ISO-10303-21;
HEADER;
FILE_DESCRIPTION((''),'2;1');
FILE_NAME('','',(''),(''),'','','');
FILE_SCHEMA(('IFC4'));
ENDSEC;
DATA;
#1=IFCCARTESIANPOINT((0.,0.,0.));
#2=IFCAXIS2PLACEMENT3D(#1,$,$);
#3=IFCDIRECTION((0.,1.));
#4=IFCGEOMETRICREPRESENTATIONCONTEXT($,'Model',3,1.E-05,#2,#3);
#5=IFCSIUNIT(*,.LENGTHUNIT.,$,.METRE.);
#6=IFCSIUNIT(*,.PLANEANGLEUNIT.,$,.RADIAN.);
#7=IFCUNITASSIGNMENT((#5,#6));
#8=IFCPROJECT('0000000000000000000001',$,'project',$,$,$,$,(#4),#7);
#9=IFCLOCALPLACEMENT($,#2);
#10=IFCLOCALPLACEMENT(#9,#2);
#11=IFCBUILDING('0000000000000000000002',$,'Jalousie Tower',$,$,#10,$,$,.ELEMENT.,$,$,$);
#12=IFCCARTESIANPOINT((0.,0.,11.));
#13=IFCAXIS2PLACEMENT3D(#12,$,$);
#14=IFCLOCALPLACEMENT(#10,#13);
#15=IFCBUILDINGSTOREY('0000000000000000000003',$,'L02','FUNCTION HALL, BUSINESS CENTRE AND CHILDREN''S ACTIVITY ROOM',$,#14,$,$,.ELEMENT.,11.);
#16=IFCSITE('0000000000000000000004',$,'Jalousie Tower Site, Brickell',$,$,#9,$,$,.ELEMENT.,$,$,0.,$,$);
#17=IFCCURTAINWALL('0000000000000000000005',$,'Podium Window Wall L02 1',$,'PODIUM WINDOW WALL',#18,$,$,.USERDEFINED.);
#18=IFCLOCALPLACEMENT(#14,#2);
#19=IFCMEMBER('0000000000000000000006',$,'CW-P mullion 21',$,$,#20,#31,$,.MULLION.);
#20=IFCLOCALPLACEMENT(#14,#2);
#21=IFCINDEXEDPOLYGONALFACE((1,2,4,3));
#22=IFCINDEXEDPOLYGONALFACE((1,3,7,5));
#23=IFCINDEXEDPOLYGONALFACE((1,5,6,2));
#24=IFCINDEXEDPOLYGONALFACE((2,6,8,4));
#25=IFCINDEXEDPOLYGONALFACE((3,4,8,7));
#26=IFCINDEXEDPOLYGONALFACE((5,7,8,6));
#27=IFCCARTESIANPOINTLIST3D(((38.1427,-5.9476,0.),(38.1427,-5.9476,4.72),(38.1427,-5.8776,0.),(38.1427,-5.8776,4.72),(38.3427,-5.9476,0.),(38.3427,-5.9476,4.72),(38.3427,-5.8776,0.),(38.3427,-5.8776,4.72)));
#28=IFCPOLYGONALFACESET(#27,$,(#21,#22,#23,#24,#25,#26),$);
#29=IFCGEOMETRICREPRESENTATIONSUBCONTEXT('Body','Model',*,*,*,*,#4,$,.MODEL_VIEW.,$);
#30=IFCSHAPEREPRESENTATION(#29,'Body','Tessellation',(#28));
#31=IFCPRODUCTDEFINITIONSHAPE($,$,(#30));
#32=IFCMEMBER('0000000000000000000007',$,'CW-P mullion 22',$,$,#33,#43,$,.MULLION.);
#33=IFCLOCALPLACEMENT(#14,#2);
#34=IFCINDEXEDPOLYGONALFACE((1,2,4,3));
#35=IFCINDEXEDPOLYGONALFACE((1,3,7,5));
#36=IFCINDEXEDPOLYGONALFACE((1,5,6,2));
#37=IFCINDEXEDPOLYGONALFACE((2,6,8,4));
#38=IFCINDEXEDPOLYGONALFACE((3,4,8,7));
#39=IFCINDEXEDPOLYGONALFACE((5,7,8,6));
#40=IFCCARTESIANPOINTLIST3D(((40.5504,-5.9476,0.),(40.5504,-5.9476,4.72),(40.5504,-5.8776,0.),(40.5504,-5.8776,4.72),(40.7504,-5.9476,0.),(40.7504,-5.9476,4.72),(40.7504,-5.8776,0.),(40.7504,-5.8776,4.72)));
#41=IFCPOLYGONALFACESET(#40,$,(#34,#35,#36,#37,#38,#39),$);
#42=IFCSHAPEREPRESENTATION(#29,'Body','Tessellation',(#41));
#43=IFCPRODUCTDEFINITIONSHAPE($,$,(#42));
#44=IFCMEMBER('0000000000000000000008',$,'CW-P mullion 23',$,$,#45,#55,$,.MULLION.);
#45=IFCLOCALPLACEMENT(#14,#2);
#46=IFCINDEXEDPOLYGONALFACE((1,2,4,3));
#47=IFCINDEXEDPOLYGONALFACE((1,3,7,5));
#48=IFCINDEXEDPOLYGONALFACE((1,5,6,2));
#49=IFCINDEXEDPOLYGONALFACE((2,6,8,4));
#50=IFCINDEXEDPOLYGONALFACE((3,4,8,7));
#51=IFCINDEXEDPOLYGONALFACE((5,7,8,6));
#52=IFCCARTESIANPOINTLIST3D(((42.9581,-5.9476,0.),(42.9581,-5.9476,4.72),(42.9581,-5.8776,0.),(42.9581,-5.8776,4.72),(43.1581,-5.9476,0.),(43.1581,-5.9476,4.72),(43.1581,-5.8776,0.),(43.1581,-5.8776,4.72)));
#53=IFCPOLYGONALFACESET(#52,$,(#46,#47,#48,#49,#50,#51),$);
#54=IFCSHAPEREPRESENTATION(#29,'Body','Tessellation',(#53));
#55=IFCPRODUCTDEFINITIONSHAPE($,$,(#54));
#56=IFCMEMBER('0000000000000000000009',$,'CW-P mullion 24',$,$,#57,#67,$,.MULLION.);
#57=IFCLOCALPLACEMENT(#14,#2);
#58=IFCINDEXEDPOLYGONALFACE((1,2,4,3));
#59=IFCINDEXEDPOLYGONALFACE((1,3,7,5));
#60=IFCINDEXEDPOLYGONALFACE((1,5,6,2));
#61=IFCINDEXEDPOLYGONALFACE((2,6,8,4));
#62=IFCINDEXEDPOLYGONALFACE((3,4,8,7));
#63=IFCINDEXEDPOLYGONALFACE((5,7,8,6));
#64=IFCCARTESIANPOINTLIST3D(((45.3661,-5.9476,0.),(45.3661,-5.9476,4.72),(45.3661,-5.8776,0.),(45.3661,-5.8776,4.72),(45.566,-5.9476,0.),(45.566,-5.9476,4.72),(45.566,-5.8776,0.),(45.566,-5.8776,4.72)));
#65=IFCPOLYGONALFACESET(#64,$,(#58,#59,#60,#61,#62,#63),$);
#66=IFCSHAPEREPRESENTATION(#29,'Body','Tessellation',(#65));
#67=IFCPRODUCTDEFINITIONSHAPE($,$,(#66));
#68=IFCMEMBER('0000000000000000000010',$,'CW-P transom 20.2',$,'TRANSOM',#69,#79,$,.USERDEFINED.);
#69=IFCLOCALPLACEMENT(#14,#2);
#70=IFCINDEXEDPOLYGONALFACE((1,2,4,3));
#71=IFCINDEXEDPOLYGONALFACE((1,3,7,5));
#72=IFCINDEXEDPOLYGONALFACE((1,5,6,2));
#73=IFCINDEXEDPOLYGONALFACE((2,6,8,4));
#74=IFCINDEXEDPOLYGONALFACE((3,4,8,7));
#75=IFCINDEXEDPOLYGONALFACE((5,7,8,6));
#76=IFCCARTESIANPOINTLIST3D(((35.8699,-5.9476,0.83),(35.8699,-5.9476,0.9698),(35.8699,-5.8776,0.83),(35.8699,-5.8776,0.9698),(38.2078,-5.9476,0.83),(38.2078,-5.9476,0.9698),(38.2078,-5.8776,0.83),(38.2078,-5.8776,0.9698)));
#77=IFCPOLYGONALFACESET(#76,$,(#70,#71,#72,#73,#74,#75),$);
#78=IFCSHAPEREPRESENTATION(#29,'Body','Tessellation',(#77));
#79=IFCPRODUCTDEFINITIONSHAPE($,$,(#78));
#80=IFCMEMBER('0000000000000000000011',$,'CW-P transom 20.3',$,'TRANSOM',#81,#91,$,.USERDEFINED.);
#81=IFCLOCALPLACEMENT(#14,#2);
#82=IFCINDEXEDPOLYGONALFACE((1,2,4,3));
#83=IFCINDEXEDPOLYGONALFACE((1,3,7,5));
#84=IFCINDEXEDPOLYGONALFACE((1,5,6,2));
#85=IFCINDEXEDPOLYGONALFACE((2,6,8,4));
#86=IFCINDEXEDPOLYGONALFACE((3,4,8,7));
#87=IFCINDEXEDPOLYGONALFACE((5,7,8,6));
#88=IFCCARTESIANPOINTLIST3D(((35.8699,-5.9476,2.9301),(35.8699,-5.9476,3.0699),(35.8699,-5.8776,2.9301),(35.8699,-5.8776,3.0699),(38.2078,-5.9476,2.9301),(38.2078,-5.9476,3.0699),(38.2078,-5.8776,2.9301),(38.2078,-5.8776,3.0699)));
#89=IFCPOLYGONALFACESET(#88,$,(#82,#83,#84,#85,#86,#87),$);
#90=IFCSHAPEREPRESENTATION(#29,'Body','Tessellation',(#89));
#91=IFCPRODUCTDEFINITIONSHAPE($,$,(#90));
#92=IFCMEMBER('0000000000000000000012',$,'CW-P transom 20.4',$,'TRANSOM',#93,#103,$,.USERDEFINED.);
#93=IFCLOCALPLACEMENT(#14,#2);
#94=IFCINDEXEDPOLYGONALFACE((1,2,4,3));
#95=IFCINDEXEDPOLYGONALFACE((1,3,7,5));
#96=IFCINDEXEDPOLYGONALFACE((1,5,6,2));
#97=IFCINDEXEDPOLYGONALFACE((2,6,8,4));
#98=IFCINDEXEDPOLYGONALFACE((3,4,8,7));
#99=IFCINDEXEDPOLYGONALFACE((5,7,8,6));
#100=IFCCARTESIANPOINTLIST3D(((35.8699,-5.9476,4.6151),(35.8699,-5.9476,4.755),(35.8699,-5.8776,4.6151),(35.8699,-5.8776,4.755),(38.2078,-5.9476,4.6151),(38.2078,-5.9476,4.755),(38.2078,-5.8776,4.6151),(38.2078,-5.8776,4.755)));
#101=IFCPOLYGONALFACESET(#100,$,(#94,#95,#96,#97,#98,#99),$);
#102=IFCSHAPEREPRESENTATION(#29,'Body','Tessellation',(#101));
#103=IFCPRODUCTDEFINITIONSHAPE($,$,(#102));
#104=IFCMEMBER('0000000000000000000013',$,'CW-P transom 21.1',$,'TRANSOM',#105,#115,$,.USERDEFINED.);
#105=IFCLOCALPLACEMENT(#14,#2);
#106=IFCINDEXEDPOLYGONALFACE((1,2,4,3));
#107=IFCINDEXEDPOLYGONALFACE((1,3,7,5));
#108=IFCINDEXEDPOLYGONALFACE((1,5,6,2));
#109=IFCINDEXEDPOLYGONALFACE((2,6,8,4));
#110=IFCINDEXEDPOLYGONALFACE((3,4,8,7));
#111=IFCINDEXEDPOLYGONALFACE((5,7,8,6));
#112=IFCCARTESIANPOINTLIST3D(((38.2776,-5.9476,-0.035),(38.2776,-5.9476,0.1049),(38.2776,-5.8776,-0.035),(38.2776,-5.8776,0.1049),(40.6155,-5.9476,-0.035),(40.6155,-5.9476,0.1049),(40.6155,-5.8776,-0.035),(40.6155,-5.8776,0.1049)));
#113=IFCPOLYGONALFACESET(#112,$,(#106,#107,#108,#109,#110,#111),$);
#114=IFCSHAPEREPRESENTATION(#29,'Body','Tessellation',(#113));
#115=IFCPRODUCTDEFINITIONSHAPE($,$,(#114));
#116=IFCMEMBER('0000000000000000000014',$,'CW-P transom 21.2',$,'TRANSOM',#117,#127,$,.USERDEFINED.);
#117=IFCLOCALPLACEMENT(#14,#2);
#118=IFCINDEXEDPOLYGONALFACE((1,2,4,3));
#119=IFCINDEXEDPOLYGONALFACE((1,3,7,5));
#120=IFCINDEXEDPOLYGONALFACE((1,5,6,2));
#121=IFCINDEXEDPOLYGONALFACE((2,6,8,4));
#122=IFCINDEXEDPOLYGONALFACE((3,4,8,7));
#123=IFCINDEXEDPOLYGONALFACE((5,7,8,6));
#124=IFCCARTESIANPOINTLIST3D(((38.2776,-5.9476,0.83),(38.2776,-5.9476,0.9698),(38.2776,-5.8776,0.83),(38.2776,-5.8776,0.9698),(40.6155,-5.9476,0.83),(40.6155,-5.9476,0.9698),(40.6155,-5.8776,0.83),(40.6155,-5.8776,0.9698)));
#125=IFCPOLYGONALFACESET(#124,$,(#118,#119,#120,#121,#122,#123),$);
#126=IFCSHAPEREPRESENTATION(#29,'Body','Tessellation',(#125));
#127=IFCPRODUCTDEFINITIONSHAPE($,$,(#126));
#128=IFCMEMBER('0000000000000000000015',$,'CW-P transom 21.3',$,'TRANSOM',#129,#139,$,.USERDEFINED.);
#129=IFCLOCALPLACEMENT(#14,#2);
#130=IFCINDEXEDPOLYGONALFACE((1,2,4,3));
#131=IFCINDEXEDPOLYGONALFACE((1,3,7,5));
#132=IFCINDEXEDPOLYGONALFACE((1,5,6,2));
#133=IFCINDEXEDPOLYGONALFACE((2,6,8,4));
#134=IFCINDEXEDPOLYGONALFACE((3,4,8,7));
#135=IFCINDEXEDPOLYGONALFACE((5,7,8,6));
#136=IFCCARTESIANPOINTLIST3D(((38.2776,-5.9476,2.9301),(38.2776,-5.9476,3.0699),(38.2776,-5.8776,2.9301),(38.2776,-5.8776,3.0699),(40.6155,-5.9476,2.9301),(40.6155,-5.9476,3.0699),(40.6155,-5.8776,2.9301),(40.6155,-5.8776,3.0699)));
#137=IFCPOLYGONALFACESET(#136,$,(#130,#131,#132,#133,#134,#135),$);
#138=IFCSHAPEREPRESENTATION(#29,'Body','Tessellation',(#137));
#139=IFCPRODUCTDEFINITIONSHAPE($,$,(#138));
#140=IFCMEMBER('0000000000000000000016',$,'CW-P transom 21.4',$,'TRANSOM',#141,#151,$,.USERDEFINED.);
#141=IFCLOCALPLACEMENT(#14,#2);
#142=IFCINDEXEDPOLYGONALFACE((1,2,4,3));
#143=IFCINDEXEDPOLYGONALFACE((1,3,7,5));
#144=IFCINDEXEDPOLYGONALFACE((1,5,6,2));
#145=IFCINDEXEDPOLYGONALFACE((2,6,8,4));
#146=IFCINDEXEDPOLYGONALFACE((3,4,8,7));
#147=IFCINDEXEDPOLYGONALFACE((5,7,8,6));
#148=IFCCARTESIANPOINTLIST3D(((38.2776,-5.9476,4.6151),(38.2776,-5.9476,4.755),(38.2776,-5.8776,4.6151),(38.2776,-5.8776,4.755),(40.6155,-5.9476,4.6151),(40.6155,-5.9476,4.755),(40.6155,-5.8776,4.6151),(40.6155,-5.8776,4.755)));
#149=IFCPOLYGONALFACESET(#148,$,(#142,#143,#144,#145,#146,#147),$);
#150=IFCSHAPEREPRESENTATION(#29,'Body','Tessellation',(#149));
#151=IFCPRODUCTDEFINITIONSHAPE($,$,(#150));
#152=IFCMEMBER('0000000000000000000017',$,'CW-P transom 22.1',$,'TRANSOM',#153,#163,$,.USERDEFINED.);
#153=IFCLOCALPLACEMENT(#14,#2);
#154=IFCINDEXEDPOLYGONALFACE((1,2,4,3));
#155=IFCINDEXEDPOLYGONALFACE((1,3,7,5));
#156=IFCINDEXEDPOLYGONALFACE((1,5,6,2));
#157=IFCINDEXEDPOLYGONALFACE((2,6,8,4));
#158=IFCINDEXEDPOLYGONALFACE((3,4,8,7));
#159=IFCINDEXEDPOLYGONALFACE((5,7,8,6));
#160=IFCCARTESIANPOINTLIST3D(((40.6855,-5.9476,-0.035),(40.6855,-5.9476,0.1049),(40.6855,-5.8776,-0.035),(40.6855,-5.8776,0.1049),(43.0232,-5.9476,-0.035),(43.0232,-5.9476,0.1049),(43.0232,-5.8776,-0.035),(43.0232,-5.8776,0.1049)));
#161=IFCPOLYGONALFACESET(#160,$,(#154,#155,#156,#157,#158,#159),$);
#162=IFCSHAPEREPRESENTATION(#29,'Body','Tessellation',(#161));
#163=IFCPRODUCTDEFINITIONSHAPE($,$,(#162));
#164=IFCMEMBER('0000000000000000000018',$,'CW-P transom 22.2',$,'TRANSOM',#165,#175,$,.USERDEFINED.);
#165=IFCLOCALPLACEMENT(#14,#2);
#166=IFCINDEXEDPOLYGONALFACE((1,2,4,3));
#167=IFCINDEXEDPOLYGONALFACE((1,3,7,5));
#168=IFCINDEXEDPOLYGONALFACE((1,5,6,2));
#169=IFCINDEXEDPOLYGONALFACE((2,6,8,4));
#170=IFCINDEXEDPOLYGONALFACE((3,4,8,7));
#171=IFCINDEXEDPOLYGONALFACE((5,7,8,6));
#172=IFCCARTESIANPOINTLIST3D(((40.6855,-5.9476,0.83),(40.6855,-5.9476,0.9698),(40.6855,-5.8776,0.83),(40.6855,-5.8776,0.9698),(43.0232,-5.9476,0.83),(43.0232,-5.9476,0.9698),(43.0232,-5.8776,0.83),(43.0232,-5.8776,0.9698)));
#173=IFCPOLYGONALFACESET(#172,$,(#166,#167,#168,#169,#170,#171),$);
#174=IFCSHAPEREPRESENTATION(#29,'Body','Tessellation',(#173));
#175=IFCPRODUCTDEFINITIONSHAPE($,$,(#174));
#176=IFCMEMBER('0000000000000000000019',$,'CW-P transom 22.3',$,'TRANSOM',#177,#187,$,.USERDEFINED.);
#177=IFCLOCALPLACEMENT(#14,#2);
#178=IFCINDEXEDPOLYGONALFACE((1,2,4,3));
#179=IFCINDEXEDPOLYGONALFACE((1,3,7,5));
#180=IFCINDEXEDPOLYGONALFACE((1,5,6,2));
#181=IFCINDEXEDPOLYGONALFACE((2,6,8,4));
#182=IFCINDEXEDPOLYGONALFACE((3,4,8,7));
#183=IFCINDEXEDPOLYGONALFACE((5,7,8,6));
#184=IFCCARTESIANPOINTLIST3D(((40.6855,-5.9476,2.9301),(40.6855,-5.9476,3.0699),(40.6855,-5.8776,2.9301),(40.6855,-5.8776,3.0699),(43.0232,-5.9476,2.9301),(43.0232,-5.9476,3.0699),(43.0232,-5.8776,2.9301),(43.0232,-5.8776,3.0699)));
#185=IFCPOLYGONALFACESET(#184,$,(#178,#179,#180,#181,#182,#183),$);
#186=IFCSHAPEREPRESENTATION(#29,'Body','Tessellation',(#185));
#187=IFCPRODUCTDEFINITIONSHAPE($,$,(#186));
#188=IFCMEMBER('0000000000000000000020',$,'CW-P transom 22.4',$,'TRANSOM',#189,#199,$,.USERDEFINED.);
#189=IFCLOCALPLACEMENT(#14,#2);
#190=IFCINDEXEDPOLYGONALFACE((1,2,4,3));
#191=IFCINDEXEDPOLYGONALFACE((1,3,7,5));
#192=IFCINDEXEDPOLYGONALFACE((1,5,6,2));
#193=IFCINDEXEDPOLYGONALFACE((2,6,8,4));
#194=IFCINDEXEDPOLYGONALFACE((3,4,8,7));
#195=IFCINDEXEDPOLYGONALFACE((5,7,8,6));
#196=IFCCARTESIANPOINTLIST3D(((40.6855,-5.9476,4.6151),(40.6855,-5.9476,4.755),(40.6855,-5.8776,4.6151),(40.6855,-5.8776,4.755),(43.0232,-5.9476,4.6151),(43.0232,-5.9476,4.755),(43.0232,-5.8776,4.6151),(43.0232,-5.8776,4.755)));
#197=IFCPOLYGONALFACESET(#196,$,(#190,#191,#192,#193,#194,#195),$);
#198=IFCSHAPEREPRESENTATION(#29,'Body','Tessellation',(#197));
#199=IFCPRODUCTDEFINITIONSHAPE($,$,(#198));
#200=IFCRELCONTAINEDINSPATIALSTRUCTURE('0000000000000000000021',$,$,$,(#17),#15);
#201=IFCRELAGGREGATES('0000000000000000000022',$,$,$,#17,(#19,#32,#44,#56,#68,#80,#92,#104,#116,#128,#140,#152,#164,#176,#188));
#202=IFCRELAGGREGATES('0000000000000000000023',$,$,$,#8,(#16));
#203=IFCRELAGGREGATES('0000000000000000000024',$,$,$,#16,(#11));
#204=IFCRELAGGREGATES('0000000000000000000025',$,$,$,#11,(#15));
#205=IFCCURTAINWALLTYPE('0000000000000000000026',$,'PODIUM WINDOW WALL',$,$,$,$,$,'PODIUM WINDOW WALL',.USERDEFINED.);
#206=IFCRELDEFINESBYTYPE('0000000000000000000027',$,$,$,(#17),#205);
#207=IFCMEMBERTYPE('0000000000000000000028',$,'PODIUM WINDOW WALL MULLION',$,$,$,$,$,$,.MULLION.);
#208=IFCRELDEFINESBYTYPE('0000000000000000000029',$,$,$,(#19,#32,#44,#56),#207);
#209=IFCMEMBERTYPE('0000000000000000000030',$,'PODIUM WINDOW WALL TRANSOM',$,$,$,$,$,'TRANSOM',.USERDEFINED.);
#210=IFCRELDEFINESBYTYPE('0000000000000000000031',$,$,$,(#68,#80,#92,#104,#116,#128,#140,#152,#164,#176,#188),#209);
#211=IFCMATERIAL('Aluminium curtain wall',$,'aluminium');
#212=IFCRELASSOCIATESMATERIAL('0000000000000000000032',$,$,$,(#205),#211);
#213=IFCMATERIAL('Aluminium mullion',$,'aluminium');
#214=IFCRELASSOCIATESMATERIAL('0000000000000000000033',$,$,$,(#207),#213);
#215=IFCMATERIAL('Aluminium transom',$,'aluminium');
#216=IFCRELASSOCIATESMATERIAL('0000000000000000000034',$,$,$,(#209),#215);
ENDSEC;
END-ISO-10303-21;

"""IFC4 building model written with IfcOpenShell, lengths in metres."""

from ifc_helpers import new_model, si_unit, direction, frame, origin, origin_2d, place, context, subcontext, project, spatial, rectangle, extrude, material, material_profile, profile_set, type_object, element, aggregate, save


model = new_model("IFC4")

# Units and contexts
model_context = context("Model", 3, precision=1e-05, world=origin(), true_north=direction((0.0, 1.0)))
body_context = subcontext(model_context, "Body", "Model", "MODEL_VIEW")
ifc_project = project(units=[si_unit("LENGTHUNIT", "METRE"), si_unit("PLANEANGLEUNIT", "RADIAN")], contexts=[model_context])

# Site, building, storey
site_placement = place(None, origin())
site = spatial("IfcSite", under=ifc_project, at=site_placement, Name="Jalousie Tower Site, Brickell", CompositionType="ELEMENT", RefElevation=0.0)
building_placement = place(site_placement, origin())
building = spatial("IfcBuilding", under=site, at=building_placement, Name="Jalousie Tower", CompositionType="ELEMENT")
storey_placement = place(building_placement, frame((0.0, 0.0, 11.0)))
storey = spatial("IfcBuildingStorey", under=building, at=storey_placement, Name="L02", Description="FUNCTION HALL, BUSINESS CENTRE AND CHILDREN'S ACTIVITY ROOM", CompositionType="ELEMENT", Elevation=11.0)

# Curtain wall, members
ifc_material_1 = material(Name="Aluminium curtain wall", Category="aluminium")
curtain_wall_type = type_object("IfcCurtainWallType", Name="PODIUM WINDOW WALL", ElementType="PODIUM WINDOW WALL", PredefinedType="USERDEFINED", material=ifc_material_1)
curtain_wall_placement = place(storey_placement, origin())
curtain_wall = element("IfcCurtainWall", 1, at=curtain_wall_placement, inside=storey, type_object=curtain_wall_type, Name="Podium Window Wall L02 1", ObjectType="PODIUM WINDOW WALL", PredefinedType="USERDEFINED")
ifc_material_2 = material(Name="Aluminium mullion", Category="aluminium")
ifc_material_profile_1 = material_profile(ifc_material_2, rectangle(XDim=0.0701, YDim=0.2, at=origin_2d()), Name="MULLION 70x200")
ifc_profile_set_1 = profile_set([ifc_material_profile_1], Name="Aluminium mullion")
member_type_1 = type_object("IfcMemberType", Name="PODIUM WINDOW WALL MULLION", PredefinedType="MULLION", material=ifc_profile_set_1)
member_1_placement = place(storey_placement, frame((38.2427, -5.9126, 0.0), z_axis=(0.0, 0.0, 1.0), x_axis=(0.0, 1.0, 0.0)))
member_1 = element("IfcMember", 2, at=member_1_placement, type_object=member_type_1, Name="CW-P mullion 21", PredefinedType="MULLION", context=body_context, shape_type="SweptSolid", body=[
    extrude(rectangle(XDim=0.0701, YDim=0.2, at=origin_2d()), origin(), (0.0, 0.0, 1.0), 4.72),
])
member_2_placement = place(storey_placement, frame((40.6504, -5.9126, 0.0), z_axis=(0.0, 0.0, 1.0), x_axis=(0.0, 1.0, 0.0)))
member_2 = element("IfcMember", 3, at=member_2_placement, type_object=member_type_1, Name="CW-P mullion 22", PredefinedType="MULLION", context=body_context, shape_type="SweptSolid", body=[
    extrude(rectangle(XDim=0.0701, YDim=0.2, at=origin_2d()), origin(), (0.0, 0.0, 1.0), 4.72),
])
member_3_placement = place(storey_placement, frame((43.0581, -5.9126, 0.0), z_axis=(0.0, 0.0, 1.0), x_axis=(0.0, 1.0, 0.0)))
member_3 = element("IfcMember", 4, at=member_3_placement, type_object=member_type_1, Name="CW-P mullion 23", PredefinedType="MULLION", context=body_context, shape_type="SweptSolid", body=[
    extrude(rectangle(XDim=0.0701, YDim=0.2, at=origin_2d()), origin(), (0.0, 0.0, 1.0), 4.72),
])
member_4_placement = place(storey_placement, frame((45.4661, -5.9126, 0.0), z_axis=(0.0, 0.0, 1.0), x_axis=(0.0, 1.0, 0.0)))
member_4 = element("IfcMember", 5, at=member_4_placement, type_object=member_type_1, Name="CW-P mullion 24", PredefinedType="MULLION", context=body_context, shape_type="SweptSolid", body=[
    extrude(rectangle(XDim=0.0701, YDim=0.2, at=origin_2d()), origin(), (0.0, 0.0, 1.0), 4.72),
])
ifc_material_3 = material(Name="Aluminium transom", Category="aluminium")
ifc_material_profile_2 = material_profile(ifc_material_3, rectangle(XDim=0.0701, YDim=0.1399, at=origin_2d()), Name="TRANSOM 70x140")
ifc_profile_set_2 = profile_set([ifc_material_profile_2], Name="Aluminium transom")
member_type_2 = type_object("IfcMemberType", Name="PODIUM WINDOW WALL TRANSOM", ElementType="TRANSOM", PredefinedType="USERDEFINED", material=ifc_profile_set_2)
member_5_placement = place(storey_placement, frame((35.8699, -5.9126, 0.8999), z_axis=(1.0, 0.0, 0.0), x_axis=(0.0, 1.0, 0.0)))
member_5 = element("IfcMember", 6, at=member_5_placement, type_object=member_type_2, Name="CW-P transom 20.2", ObjectType="TRANSOM", PredefinedType="USERDEFINED", context=body_context, shape_type="SweptSolid", body=[
    extrude(rectangle(XDim=0.0701, YDim=0.1399, at=origin_2d()), origin(), (0.0, 0.0, 1.0), 2.3379),
])
member_6_placement = place(storey_placement, frame((35.8699, -5.9126, 3.0), z_axis=(1.0, 0.0, 0.0), x_axis=(0.0, 1.0, 0.0)))
member_6 = element("IfcMember", 7, at=member_6_placement, type_object=member_type_2, Name="CW-P transom 20.3", ObjectType="TRANSOM", PredefinedType="USERDEFINED", context=body_context, shape_type="SweptSolid", body=[
    extrude(rectangle(XDim=0.0701, YDim=0.1399, at=origin_2d()), origin(), (0.0, 0.0, 1.0), 2.3379),
])
member_7_placement = place(storey_placement, frame((35.8699, -5.9126, 4.6851), z_axis=(1.0, 0.0, 0.0), x_axis=(0.0, 1.0, 0.0)))
member_7 = element("IfcMember", 8, at=member_7_placement, type_object=member_type_2, Name="CW-P transom 20.4", ObjectType="TRANSOM", PredefinedType="USERDEFINED", context=body_context, shape_type="SweptSolid", body=[
    extrude(rectangle(XDim=0.0701, YDim=0.1399, at=origin_2d()), origin(), (0.0, 0.0, 1.0), 2.3379),
])
member_8_placement = place(storey_placement, frame((38.2776, -5.9126, 0.0349), z_axis=(1.0, 0.0, 0.0), x_axis=(0.0, 1.0, 0.0)))
member_8 = element("IfcMember", 9, at=member_8_placement, type_object=member_type_2, Name="CW-P transom 21.1", ObjectType="TRANSOM", PredefinedType="USERDEFINED", context=body_context, shape_type="SweptSolid", body=[
    extrude(rectangle(XDim=0.0701, YDim=0.1399, at=origin_2d()), origin(), (0.0, 0.0, 1.0), 2.3379),
])
member_9_placement = place(storey_placement, frame((38.2776, -5.9126, 0.8999), z_axis=(1.0, 0.0, 0.0), x_axis=(0.0, 1.0, 0.0)))
member_9 = element("IfcMember", 10, at=member_9_placement, type_object=member_type_2, Name="CW-P transom 21.2", ObjectType="TRANSOM", PredefinedType="USERDEFINED", context=body_context, shape_type="SweptSolid", body=[
    extrude(rectangle(XDim=0.0701, YDim=0.1399, at=origin_2d()), origin(), (0.0, 0.0, 1.0), 2.3379),
])
member_10_placement = place(storey_placement, frame((38.2776, -5.9126, 3.0), z_axis=(1.0, 0.0, 0.0), x_axis=(0.0, 1.0, 0.0)))
member_10 = element("IfcMember", 11, at=member_10_placement, type_object=member_type_2, Name="CW-P transom 21.3", ObjectType="TRANSOM", PredefinedType="USERDEFINED", context=body_context, shape_type="SweptSolid", body=[
    extrude(rectangle(XDim=0.0701, YDim=0.1399, at=origin_2d()), origin(), (0.0, 0.0, 1.0), 2.3379),
])
member_11_placement = place(storey_placement, frame((38.2776, -5.9126, 4.6851), z_axis=(1.0, 0.0, 0.0), x_axis=(0.0, 1.0, 0.0)))
member_11 = element("IfcMember", 12, at=member_11_placement, type_object=member_type_2, Name="CW-P transom 21.4", ObjectType="TRANSOM", PredefinedType="USERDEFINED", context=body_context, shape_type="SweptSolid", body=[
    extrude(rectangle(XDim=0.0701, YDim=0.1399, at=origin_2d()), origin(), (0.0, 0.0, 1.0), 2.3379),
])
member_12_placement = place(storey_placement, frame((40.6855, -5.9126, 0.0349), z_axis=(1.0, 0.0, 0.0), x_axis=(0.0, 1.0, 0.0)))
member_12 = element("IfcMember", 13, at=member_12_placement, type_object=member_type_2, Name="CW-P transom 22.1", ObjectType="TRANSOM", PredefinedType="USERDEFINED", context=body_context, shape_type="SweptSolid", body=[
    extrude(rectangle(XDim=0.0701, YDim=0.1399, at=origin_2d()), origin(), (0.0, 0.0, 1.0), 2.3376),
])
member_13_placement = place(storey_placement, frame((40.6855, -5.9126, 0.8999), z_axis=(1.0, 0.0, 0.0), x_axis=(0.0, 1.0, 0.0)))
member_13 = element("IfcMember", 14, at=member_13_placement, type_object=member_type_2, Name="CW-P transom 22.2", ObjectType="TRANSOM", PredefinedType="USERDEFINED", context=body_context, shape_type="SweptSolid", body=[
    extrude(rectangle(XDim=0.0701, YDim=0.1399, at=origin_2d()), origin(), (0.0, 0.0, 1.0), 2.3376),
])
member_14_placement = place(storey_placement, frame((40.6855, -5.9126, 3.0), z_axis=(1.0, 0.0, 0.0), x_axis=(0.0, 1.0, 0.0)))
member_14 = element("IfcMember", 15, at=member_14_placement, type_object=member_type_2, Name="CW-P transom 22.3", ObjectType="TRANSOM", PredefinedType="USERDEFINED", context=body_context, shape_type="SweptSolid", body=[
    extrude(rectangle(XDim=0.0701, YDim=0.1399, at=origin_2d()), origin(), (0.0, 0.0, 1.0), 2.3376),
])
member_15_placement = place(storey_placement, frame((40.6855, -5.9126, 4.6851), z_axis=(1.0, 0.0, 0.0), x_axis=(0.0, 1.0, 0.0)))
member_15 = element("IfcMember", 16, at=member_15_placement, type_object=member_type_2, Name="CW-P transom 22.4", ObjectType="TRANSOM", PredefinedType="USERDEFINED", context=body_context, shape_type="SweptSolid", body=[
    extrude(rectangle(XDim=0.0701, YDim=0.1399, at=origin_2d()), origin(), (0.0, 0.0, 1.0), 2.3376),
])
aggregate(curtain_wall, [member_1, member_2, member_3, member_4, member_5, member_6, member_7, member_8, member_9, member_10, member_11, member_12, member_13, member_14, member_15])

save(model, "model.ifc")
